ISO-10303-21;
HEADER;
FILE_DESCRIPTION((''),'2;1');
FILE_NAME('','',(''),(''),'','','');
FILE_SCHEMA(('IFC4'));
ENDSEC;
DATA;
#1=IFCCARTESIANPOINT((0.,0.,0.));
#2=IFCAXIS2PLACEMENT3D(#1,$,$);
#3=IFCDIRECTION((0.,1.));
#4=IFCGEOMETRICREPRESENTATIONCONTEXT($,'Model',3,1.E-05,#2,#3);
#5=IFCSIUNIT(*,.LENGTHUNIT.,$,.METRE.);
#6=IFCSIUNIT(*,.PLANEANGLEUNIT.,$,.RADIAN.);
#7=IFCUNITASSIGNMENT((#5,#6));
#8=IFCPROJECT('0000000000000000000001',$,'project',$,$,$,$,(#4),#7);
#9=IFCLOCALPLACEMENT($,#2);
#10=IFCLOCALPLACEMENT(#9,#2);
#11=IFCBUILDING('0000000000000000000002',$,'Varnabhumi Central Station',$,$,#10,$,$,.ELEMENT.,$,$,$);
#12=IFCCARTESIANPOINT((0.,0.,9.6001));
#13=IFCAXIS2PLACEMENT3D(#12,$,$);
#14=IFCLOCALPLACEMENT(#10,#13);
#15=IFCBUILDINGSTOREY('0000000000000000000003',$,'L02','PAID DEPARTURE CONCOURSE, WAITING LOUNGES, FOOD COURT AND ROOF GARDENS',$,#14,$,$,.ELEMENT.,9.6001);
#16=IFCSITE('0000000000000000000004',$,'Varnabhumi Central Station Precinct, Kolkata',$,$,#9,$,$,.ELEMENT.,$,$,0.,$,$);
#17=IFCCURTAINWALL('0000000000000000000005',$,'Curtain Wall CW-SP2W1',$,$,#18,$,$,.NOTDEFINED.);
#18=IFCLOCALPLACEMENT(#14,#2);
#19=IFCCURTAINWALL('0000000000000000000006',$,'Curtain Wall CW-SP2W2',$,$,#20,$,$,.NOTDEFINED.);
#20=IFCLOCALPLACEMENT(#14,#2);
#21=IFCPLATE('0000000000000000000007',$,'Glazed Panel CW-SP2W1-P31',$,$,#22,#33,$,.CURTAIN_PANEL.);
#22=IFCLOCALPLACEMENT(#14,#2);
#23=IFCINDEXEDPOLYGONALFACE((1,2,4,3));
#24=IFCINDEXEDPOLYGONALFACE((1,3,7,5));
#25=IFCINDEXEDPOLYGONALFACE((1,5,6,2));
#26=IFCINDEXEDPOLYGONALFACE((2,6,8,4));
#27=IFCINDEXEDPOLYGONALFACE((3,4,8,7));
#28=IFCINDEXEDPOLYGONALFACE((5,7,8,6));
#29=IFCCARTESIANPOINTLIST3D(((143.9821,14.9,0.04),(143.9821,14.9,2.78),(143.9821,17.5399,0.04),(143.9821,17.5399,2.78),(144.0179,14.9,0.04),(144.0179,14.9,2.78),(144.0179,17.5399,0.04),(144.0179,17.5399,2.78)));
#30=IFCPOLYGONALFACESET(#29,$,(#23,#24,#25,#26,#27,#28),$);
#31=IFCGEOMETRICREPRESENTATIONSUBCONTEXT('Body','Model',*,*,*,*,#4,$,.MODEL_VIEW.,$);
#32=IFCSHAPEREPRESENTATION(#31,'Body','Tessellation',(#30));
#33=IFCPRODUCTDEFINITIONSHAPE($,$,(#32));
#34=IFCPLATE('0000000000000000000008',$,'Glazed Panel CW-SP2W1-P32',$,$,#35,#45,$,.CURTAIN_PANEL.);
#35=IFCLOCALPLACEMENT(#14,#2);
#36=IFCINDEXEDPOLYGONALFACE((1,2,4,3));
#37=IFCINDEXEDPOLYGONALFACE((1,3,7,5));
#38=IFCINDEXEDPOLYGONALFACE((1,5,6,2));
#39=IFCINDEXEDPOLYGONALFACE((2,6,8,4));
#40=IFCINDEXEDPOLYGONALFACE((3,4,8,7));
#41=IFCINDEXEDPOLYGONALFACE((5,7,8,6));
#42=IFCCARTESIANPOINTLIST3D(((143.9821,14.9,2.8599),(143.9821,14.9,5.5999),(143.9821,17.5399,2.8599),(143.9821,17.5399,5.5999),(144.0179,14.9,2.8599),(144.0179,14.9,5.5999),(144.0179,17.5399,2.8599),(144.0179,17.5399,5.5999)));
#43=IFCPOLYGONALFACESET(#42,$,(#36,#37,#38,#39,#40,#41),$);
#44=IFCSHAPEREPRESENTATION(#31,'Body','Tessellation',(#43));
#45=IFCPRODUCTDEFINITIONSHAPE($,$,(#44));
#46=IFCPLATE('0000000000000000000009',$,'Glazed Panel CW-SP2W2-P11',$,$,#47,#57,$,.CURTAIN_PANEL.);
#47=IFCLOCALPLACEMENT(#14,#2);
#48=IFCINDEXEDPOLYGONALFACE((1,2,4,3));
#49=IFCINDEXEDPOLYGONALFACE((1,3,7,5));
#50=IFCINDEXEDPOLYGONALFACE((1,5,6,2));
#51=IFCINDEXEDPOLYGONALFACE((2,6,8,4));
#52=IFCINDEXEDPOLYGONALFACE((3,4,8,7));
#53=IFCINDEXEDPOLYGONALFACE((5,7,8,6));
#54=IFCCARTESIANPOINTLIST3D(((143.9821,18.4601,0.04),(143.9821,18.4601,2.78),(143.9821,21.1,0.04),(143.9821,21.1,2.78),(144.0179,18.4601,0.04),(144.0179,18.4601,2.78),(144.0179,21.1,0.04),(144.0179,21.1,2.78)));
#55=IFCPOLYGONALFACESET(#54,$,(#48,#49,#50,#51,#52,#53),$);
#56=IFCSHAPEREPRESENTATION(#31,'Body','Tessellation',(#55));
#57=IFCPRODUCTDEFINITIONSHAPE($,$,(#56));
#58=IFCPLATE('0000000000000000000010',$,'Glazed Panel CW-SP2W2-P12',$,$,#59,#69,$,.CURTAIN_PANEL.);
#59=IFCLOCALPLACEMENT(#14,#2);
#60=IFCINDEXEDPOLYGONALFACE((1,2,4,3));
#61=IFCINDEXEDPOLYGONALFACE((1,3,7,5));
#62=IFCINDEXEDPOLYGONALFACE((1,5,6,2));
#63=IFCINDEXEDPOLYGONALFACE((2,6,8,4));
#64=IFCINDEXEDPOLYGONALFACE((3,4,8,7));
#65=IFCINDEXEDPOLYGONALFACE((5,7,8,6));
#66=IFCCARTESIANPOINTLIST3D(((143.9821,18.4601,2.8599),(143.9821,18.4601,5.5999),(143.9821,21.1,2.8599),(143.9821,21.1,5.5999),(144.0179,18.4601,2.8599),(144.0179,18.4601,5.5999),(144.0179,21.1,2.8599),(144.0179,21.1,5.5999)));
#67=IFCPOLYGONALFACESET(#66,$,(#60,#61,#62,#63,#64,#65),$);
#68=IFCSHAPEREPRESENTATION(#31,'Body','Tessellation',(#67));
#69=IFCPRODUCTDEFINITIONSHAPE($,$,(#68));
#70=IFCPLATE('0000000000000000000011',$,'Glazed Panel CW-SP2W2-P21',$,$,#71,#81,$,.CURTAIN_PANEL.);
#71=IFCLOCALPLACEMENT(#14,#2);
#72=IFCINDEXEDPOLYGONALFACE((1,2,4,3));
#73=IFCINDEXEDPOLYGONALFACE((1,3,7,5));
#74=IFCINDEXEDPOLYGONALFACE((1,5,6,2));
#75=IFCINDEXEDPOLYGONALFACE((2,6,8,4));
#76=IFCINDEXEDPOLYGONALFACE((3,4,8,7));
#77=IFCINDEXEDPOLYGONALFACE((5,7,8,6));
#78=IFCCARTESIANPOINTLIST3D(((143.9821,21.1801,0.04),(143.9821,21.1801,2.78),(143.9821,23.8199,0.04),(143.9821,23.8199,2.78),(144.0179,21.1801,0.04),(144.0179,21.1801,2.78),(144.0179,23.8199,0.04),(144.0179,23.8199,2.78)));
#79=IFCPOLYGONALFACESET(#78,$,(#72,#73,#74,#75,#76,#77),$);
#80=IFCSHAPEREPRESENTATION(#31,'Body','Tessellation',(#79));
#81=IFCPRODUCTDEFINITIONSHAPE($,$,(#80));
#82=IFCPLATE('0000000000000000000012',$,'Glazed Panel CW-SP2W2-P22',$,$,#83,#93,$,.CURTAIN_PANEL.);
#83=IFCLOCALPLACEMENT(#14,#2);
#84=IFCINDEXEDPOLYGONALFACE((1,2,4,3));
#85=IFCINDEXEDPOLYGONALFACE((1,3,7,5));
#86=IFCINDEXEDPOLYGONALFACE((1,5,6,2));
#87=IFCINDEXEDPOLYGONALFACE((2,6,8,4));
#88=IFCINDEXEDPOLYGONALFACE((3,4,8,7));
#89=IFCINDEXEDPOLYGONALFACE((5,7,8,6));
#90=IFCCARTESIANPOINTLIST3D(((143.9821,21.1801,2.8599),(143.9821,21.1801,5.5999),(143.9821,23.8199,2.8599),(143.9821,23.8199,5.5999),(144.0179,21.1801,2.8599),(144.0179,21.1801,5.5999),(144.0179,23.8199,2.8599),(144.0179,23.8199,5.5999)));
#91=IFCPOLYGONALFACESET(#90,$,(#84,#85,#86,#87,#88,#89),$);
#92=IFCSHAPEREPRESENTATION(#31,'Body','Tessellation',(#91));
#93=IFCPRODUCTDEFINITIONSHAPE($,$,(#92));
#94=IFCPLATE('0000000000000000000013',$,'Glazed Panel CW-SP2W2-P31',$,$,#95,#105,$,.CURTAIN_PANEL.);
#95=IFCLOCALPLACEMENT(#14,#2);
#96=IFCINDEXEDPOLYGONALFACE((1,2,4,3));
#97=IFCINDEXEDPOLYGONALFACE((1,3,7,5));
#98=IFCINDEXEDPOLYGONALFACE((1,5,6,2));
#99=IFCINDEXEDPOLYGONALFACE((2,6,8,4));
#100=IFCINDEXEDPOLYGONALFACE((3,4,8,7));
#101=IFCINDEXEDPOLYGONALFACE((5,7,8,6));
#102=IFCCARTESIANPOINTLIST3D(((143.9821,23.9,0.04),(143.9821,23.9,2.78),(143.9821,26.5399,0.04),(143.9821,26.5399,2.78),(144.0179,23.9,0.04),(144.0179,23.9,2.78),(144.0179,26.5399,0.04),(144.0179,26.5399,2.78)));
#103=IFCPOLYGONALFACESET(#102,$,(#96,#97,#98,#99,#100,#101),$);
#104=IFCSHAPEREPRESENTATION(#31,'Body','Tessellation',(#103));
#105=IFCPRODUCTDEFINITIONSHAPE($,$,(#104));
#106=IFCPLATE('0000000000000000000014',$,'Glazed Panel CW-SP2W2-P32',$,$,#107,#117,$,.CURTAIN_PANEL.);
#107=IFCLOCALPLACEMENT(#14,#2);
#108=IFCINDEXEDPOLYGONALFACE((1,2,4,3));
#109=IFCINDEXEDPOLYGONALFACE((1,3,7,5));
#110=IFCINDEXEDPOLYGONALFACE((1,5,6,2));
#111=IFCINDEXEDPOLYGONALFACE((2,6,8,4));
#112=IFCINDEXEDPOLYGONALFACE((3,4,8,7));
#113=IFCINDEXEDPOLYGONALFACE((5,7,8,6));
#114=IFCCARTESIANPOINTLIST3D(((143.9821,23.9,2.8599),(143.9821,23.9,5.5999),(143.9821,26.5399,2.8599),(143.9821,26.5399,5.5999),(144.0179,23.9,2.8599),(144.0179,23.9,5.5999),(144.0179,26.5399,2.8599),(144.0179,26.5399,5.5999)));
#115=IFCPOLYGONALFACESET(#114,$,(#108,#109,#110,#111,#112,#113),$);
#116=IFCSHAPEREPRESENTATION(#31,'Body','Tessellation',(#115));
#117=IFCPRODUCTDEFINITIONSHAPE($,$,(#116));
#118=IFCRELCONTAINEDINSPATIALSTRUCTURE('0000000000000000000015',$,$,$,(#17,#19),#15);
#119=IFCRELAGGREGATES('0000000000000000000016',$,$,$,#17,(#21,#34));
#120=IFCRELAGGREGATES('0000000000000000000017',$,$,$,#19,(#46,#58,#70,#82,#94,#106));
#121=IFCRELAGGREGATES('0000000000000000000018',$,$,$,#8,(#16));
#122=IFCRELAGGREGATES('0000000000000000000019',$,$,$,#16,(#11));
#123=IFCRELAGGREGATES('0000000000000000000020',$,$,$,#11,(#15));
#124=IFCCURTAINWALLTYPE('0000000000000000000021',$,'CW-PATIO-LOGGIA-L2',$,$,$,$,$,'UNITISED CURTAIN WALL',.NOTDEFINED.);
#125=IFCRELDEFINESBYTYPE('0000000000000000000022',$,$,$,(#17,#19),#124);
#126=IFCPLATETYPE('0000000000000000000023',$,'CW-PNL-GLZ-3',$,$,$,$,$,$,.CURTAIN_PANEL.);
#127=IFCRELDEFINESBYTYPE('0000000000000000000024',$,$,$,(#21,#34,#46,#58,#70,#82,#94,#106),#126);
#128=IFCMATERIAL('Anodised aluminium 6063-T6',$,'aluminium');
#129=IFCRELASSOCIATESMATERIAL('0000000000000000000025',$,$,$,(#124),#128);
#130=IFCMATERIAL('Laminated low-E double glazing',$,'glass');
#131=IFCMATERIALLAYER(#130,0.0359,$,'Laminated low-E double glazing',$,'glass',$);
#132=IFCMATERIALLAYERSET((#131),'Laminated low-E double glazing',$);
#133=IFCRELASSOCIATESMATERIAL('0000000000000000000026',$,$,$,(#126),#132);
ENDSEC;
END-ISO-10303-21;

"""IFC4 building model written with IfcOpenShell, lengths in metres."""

from ifc_helpers import new_model, si_unit, direction, frame, origin, origin_2d, place, context, subcontext, project, spatial, rectangle, extrude, material, layer, layer_set, type_object, element, aggregate, save


model = new_model("IFC4")

# Units and contexts
model_context = context("Model", 3, precision=1e-05, world=origin(), true_north=direction((0.0, 1.0)))
body_context = subcontext(model_context, "Body", "Model", "MODEL_VIEW")
ifc_project = project(units=[si_unit("LENGTHUNIT", "METRE"), si_unit("PLANEANGLEUNIT", "RADIAN")], contexts=[model_context])

# Site, building, storey
site_placement = place(None, origin())
site = spatial("IfcSite", under=ifc_project, at=site_placement, Name="Varnabhumi Central Station Precinct, Kolkata", CompositionType="ELEMENT", RefElevation=0.0)
building_placement = place(site_placement, origin())
building = spatial("IfcBuilding", under=site, at=building_placement, Name="Varnabhumi Central Station", CompositionType="ELEMENT")
storey_placement = place(building_placement, frame((0.0, 0.0, 9.6001)))
storey = spatial("IfcBuildingStorey", under=building, at=storey_placement, Name="L02", Description="PAID DEPARTURE CONCOURSE, WAITING LOUNGES, FOOD COURT AND ROOF GARDENS", CompositionType="ELEMENT", Elevation=9.6001)

# Curtain walls
ifc_material_1 = material(Name="Anodised aluminium 6063-T6", Category="aluminium")
curtain_wall_type = type_object("IfcCurtainWallType", Name="CW-PATIO-LOGGIA-L2", ElementType="UNITISED CURTAIN WALL", PredefinedType="NOTDEFINED", material=ifc_material_1)
curtain_wall_1_placement = place(storey_placement, origin())
curtain_wall_1 = element("IfcCurtainWall", 1, at=curtain_wall_1_placement, inside=storey, type_object=curtain_wall_type, Name="Curtain Wall CW-SP2W1", PredefinedType="NOTDEFINED")
curtain_wall_2_placement = place(storey_placement, origin())
curtain_wall_2 = element("IfcCurtainWall", 2, at=curtain_wall_2_placement, inside=storey, type_object=curtain_wall_type, Name="Curtain Wall CW-SP2W2", PredefinedType="NOTDEFINED")

# Plates
ifc_material_2 = material(Name="Laminated low-E double glazing", Category="glass")
ifc_layer = layer(ifc_material_2, 0.0359, Name="Laminated low-E double glazing", Category="glass")
ifc_layer_set = layer_set([ifc_layer], Name="Laminated low-E double glazing")
plate_type = type_object("IfcPlateType", Name="CW-PNL-GLZ-3", PredefinedType="CURTAIN_PANEL", material=ifc_layer_set)
plate_1_placement = place(storey_placement, frame((144.0, 16.22, 0.04), z_axis=(0.0, 0.0, 1.0), x_axis=(0.0, 1.0, 0.0)))
plate_1 = element("IfcPlate", 3, at=plate_1_placement, type_object=plate_type, Name="Glazed Panel CW-SP2W1-P31", PredefinedType="CURTAIN_PANEL", context=body_context, shape_type="SweptSolid", body=[
    extrude(rectangle(XDim=2.6399, YDim=0.0359, at=origin_2d()), origin(), (0.0, 0.0, 1.0), 2.74),
])
plate_2_placement = place(storey_placement, frame((144.0, 16.22, 2.8599), z_axis=(0.0, 0.0, 1.0), x_axis=(0.0, 1.0, 0.0)))
plate_2 = element("IfcPlate", 4, at=plate_2_placement, type_object=plate_type, Name="Glazed Panel CW-SP2W1-P32", PredefinedType="CURTAIN_PANEL", context=body_context, shape_type="SweptSolid", body=[
    extrude(rectangle(XDim=2.6399, YDim=0.0359, at=origin_2d()), origin(), (0.0, 0.0, 1.0), 2.74),
])
aggregate(curtain_wall_1, [plate_1, plate_2])
plate_3_placement = place(storey_placement, frame((144.0, 19.78, 0.04), z_axis=(0.0, 0.0, 1.0), x_axis=(0.0, 1.0, 0.0)))
plate_3 = element("IfcPlate", 5, at=plate_3_placement, type_object=plate_type, Name="Glazed Panel CW-SP2W2-P11", PredefinedType="CURTAIN_PANEL", context=body_context, shape_type="SweptSolid", body=[
    extrude(rectangle(XDim=2.6399, YDim=0.0359, at=origin_2d()), origin(), (0.0, 0.0, 1.0), 2.74),
])
plate_4_placement = place(storey_placement, frame((144.0, 19.78, 2.8599), z_axis=(0.0, 0.0, 1.0), x_axis=(0.0, 1.0, 0.0)))
plate_4 = element("IfcPlate", 6, at=plate_4_placement, type_object=plate_type, Name="Glazed Panel CW-SP2W2-P12", PredefinedType="CURTAIN_PANEL", context=body_context, shape_type="SweptSolid", body=[
    extrude(rectangle(XDim=2.6399, YDim=0.0359, at=origin_2d()), origin(), (0.0, 0.0, 1.0), 2.74),
])
plate_5_placement = place(storey_placement, frame((144.0, 22.5, 0.04), z_axis=(0.0, 0.0, 1.0), x_axis=(0.0, 1.0, 0.0)))
plate_5 = element("IfcPlate", 7, at=plate_5_placement, type_object=plate_type, Name="Glazed Panel CW-SP2W2-P21", PredefinedType="CURTAIN_PANEL", context=body_context, shape_type="SweptSolid", body=[
    extrude(rectangle(XDim=2.6399, YDim=0.0359, at=origin_2d()), origin(), (0.0, 0.0, 1.0), 2.74),
])
plate_6_placement = place(storey_placement, frame((144.0, 22.5, 2.8599), z_axis=(0.0, 0.0, 1.0), x_axis=(0.0, 1.0, 0.0)))
plate_6 = element("IfcPlate", 8, at=plate_6_placement, type_object=plate_type, Name="Glazed Panel CW-SP2W2-P22", PredefinedType="CURTAIN_PANEL", context=body_context, shape_type="SweptSolid", body=[
    extrude(rectangle(XDim=2.6399, YDim=0.0359, at=origin_2d()), origin(), (0.0, 0.0, 1.0), 2.74),
])
plate_7_placement = place(storey_placement, frame((144.0, 25.22, 0.04), z_axis=(0.0, 0.0, 1.0), x_axis=(0.0, 1.0, 0.0)))
plate_7 = element("IfcPlate", 9, at=plate_7_placement, type_object=plate_type, Name="Glazed Panel CW-SP2W2-P31", PredefinedType="CURTAIN_PANEL", context=body_context, shape_type="SweptSolid", body=[
    extrude(rectangle(XDim=2.6399, YDim=0.0359, at=origin_2d()), origin(), (0.0, 0.0, 1.0), 2.74),
])
plate_8_placement = place(storey_placement, frame((144.0, 25.22, 2.8599), z_axis=(0.0, 0.0, 1.0), x_axis=(0.0, 1.0, 0.0)))
plate_8 = element("IfcPlate", 10, at=plate_8_placement, type_object=plate_type, Name="Glazed Panel CW-SP2W2-P32", PredefinedType="CURTAIN_PANEL", context=body_context, shape_type="SweptSolid", body=[
    extrude(rectangle(XDim=2.6399, YDim=0.0359, at=origin_2d()), origin(), (0.0, 0.0, 1.0), 2.74),
])
aggregate(curtain_wall_2, [plate_3, plate_4, plate_5, plate_6, plate_7, plate_8])

save(model, "model.ifc")
